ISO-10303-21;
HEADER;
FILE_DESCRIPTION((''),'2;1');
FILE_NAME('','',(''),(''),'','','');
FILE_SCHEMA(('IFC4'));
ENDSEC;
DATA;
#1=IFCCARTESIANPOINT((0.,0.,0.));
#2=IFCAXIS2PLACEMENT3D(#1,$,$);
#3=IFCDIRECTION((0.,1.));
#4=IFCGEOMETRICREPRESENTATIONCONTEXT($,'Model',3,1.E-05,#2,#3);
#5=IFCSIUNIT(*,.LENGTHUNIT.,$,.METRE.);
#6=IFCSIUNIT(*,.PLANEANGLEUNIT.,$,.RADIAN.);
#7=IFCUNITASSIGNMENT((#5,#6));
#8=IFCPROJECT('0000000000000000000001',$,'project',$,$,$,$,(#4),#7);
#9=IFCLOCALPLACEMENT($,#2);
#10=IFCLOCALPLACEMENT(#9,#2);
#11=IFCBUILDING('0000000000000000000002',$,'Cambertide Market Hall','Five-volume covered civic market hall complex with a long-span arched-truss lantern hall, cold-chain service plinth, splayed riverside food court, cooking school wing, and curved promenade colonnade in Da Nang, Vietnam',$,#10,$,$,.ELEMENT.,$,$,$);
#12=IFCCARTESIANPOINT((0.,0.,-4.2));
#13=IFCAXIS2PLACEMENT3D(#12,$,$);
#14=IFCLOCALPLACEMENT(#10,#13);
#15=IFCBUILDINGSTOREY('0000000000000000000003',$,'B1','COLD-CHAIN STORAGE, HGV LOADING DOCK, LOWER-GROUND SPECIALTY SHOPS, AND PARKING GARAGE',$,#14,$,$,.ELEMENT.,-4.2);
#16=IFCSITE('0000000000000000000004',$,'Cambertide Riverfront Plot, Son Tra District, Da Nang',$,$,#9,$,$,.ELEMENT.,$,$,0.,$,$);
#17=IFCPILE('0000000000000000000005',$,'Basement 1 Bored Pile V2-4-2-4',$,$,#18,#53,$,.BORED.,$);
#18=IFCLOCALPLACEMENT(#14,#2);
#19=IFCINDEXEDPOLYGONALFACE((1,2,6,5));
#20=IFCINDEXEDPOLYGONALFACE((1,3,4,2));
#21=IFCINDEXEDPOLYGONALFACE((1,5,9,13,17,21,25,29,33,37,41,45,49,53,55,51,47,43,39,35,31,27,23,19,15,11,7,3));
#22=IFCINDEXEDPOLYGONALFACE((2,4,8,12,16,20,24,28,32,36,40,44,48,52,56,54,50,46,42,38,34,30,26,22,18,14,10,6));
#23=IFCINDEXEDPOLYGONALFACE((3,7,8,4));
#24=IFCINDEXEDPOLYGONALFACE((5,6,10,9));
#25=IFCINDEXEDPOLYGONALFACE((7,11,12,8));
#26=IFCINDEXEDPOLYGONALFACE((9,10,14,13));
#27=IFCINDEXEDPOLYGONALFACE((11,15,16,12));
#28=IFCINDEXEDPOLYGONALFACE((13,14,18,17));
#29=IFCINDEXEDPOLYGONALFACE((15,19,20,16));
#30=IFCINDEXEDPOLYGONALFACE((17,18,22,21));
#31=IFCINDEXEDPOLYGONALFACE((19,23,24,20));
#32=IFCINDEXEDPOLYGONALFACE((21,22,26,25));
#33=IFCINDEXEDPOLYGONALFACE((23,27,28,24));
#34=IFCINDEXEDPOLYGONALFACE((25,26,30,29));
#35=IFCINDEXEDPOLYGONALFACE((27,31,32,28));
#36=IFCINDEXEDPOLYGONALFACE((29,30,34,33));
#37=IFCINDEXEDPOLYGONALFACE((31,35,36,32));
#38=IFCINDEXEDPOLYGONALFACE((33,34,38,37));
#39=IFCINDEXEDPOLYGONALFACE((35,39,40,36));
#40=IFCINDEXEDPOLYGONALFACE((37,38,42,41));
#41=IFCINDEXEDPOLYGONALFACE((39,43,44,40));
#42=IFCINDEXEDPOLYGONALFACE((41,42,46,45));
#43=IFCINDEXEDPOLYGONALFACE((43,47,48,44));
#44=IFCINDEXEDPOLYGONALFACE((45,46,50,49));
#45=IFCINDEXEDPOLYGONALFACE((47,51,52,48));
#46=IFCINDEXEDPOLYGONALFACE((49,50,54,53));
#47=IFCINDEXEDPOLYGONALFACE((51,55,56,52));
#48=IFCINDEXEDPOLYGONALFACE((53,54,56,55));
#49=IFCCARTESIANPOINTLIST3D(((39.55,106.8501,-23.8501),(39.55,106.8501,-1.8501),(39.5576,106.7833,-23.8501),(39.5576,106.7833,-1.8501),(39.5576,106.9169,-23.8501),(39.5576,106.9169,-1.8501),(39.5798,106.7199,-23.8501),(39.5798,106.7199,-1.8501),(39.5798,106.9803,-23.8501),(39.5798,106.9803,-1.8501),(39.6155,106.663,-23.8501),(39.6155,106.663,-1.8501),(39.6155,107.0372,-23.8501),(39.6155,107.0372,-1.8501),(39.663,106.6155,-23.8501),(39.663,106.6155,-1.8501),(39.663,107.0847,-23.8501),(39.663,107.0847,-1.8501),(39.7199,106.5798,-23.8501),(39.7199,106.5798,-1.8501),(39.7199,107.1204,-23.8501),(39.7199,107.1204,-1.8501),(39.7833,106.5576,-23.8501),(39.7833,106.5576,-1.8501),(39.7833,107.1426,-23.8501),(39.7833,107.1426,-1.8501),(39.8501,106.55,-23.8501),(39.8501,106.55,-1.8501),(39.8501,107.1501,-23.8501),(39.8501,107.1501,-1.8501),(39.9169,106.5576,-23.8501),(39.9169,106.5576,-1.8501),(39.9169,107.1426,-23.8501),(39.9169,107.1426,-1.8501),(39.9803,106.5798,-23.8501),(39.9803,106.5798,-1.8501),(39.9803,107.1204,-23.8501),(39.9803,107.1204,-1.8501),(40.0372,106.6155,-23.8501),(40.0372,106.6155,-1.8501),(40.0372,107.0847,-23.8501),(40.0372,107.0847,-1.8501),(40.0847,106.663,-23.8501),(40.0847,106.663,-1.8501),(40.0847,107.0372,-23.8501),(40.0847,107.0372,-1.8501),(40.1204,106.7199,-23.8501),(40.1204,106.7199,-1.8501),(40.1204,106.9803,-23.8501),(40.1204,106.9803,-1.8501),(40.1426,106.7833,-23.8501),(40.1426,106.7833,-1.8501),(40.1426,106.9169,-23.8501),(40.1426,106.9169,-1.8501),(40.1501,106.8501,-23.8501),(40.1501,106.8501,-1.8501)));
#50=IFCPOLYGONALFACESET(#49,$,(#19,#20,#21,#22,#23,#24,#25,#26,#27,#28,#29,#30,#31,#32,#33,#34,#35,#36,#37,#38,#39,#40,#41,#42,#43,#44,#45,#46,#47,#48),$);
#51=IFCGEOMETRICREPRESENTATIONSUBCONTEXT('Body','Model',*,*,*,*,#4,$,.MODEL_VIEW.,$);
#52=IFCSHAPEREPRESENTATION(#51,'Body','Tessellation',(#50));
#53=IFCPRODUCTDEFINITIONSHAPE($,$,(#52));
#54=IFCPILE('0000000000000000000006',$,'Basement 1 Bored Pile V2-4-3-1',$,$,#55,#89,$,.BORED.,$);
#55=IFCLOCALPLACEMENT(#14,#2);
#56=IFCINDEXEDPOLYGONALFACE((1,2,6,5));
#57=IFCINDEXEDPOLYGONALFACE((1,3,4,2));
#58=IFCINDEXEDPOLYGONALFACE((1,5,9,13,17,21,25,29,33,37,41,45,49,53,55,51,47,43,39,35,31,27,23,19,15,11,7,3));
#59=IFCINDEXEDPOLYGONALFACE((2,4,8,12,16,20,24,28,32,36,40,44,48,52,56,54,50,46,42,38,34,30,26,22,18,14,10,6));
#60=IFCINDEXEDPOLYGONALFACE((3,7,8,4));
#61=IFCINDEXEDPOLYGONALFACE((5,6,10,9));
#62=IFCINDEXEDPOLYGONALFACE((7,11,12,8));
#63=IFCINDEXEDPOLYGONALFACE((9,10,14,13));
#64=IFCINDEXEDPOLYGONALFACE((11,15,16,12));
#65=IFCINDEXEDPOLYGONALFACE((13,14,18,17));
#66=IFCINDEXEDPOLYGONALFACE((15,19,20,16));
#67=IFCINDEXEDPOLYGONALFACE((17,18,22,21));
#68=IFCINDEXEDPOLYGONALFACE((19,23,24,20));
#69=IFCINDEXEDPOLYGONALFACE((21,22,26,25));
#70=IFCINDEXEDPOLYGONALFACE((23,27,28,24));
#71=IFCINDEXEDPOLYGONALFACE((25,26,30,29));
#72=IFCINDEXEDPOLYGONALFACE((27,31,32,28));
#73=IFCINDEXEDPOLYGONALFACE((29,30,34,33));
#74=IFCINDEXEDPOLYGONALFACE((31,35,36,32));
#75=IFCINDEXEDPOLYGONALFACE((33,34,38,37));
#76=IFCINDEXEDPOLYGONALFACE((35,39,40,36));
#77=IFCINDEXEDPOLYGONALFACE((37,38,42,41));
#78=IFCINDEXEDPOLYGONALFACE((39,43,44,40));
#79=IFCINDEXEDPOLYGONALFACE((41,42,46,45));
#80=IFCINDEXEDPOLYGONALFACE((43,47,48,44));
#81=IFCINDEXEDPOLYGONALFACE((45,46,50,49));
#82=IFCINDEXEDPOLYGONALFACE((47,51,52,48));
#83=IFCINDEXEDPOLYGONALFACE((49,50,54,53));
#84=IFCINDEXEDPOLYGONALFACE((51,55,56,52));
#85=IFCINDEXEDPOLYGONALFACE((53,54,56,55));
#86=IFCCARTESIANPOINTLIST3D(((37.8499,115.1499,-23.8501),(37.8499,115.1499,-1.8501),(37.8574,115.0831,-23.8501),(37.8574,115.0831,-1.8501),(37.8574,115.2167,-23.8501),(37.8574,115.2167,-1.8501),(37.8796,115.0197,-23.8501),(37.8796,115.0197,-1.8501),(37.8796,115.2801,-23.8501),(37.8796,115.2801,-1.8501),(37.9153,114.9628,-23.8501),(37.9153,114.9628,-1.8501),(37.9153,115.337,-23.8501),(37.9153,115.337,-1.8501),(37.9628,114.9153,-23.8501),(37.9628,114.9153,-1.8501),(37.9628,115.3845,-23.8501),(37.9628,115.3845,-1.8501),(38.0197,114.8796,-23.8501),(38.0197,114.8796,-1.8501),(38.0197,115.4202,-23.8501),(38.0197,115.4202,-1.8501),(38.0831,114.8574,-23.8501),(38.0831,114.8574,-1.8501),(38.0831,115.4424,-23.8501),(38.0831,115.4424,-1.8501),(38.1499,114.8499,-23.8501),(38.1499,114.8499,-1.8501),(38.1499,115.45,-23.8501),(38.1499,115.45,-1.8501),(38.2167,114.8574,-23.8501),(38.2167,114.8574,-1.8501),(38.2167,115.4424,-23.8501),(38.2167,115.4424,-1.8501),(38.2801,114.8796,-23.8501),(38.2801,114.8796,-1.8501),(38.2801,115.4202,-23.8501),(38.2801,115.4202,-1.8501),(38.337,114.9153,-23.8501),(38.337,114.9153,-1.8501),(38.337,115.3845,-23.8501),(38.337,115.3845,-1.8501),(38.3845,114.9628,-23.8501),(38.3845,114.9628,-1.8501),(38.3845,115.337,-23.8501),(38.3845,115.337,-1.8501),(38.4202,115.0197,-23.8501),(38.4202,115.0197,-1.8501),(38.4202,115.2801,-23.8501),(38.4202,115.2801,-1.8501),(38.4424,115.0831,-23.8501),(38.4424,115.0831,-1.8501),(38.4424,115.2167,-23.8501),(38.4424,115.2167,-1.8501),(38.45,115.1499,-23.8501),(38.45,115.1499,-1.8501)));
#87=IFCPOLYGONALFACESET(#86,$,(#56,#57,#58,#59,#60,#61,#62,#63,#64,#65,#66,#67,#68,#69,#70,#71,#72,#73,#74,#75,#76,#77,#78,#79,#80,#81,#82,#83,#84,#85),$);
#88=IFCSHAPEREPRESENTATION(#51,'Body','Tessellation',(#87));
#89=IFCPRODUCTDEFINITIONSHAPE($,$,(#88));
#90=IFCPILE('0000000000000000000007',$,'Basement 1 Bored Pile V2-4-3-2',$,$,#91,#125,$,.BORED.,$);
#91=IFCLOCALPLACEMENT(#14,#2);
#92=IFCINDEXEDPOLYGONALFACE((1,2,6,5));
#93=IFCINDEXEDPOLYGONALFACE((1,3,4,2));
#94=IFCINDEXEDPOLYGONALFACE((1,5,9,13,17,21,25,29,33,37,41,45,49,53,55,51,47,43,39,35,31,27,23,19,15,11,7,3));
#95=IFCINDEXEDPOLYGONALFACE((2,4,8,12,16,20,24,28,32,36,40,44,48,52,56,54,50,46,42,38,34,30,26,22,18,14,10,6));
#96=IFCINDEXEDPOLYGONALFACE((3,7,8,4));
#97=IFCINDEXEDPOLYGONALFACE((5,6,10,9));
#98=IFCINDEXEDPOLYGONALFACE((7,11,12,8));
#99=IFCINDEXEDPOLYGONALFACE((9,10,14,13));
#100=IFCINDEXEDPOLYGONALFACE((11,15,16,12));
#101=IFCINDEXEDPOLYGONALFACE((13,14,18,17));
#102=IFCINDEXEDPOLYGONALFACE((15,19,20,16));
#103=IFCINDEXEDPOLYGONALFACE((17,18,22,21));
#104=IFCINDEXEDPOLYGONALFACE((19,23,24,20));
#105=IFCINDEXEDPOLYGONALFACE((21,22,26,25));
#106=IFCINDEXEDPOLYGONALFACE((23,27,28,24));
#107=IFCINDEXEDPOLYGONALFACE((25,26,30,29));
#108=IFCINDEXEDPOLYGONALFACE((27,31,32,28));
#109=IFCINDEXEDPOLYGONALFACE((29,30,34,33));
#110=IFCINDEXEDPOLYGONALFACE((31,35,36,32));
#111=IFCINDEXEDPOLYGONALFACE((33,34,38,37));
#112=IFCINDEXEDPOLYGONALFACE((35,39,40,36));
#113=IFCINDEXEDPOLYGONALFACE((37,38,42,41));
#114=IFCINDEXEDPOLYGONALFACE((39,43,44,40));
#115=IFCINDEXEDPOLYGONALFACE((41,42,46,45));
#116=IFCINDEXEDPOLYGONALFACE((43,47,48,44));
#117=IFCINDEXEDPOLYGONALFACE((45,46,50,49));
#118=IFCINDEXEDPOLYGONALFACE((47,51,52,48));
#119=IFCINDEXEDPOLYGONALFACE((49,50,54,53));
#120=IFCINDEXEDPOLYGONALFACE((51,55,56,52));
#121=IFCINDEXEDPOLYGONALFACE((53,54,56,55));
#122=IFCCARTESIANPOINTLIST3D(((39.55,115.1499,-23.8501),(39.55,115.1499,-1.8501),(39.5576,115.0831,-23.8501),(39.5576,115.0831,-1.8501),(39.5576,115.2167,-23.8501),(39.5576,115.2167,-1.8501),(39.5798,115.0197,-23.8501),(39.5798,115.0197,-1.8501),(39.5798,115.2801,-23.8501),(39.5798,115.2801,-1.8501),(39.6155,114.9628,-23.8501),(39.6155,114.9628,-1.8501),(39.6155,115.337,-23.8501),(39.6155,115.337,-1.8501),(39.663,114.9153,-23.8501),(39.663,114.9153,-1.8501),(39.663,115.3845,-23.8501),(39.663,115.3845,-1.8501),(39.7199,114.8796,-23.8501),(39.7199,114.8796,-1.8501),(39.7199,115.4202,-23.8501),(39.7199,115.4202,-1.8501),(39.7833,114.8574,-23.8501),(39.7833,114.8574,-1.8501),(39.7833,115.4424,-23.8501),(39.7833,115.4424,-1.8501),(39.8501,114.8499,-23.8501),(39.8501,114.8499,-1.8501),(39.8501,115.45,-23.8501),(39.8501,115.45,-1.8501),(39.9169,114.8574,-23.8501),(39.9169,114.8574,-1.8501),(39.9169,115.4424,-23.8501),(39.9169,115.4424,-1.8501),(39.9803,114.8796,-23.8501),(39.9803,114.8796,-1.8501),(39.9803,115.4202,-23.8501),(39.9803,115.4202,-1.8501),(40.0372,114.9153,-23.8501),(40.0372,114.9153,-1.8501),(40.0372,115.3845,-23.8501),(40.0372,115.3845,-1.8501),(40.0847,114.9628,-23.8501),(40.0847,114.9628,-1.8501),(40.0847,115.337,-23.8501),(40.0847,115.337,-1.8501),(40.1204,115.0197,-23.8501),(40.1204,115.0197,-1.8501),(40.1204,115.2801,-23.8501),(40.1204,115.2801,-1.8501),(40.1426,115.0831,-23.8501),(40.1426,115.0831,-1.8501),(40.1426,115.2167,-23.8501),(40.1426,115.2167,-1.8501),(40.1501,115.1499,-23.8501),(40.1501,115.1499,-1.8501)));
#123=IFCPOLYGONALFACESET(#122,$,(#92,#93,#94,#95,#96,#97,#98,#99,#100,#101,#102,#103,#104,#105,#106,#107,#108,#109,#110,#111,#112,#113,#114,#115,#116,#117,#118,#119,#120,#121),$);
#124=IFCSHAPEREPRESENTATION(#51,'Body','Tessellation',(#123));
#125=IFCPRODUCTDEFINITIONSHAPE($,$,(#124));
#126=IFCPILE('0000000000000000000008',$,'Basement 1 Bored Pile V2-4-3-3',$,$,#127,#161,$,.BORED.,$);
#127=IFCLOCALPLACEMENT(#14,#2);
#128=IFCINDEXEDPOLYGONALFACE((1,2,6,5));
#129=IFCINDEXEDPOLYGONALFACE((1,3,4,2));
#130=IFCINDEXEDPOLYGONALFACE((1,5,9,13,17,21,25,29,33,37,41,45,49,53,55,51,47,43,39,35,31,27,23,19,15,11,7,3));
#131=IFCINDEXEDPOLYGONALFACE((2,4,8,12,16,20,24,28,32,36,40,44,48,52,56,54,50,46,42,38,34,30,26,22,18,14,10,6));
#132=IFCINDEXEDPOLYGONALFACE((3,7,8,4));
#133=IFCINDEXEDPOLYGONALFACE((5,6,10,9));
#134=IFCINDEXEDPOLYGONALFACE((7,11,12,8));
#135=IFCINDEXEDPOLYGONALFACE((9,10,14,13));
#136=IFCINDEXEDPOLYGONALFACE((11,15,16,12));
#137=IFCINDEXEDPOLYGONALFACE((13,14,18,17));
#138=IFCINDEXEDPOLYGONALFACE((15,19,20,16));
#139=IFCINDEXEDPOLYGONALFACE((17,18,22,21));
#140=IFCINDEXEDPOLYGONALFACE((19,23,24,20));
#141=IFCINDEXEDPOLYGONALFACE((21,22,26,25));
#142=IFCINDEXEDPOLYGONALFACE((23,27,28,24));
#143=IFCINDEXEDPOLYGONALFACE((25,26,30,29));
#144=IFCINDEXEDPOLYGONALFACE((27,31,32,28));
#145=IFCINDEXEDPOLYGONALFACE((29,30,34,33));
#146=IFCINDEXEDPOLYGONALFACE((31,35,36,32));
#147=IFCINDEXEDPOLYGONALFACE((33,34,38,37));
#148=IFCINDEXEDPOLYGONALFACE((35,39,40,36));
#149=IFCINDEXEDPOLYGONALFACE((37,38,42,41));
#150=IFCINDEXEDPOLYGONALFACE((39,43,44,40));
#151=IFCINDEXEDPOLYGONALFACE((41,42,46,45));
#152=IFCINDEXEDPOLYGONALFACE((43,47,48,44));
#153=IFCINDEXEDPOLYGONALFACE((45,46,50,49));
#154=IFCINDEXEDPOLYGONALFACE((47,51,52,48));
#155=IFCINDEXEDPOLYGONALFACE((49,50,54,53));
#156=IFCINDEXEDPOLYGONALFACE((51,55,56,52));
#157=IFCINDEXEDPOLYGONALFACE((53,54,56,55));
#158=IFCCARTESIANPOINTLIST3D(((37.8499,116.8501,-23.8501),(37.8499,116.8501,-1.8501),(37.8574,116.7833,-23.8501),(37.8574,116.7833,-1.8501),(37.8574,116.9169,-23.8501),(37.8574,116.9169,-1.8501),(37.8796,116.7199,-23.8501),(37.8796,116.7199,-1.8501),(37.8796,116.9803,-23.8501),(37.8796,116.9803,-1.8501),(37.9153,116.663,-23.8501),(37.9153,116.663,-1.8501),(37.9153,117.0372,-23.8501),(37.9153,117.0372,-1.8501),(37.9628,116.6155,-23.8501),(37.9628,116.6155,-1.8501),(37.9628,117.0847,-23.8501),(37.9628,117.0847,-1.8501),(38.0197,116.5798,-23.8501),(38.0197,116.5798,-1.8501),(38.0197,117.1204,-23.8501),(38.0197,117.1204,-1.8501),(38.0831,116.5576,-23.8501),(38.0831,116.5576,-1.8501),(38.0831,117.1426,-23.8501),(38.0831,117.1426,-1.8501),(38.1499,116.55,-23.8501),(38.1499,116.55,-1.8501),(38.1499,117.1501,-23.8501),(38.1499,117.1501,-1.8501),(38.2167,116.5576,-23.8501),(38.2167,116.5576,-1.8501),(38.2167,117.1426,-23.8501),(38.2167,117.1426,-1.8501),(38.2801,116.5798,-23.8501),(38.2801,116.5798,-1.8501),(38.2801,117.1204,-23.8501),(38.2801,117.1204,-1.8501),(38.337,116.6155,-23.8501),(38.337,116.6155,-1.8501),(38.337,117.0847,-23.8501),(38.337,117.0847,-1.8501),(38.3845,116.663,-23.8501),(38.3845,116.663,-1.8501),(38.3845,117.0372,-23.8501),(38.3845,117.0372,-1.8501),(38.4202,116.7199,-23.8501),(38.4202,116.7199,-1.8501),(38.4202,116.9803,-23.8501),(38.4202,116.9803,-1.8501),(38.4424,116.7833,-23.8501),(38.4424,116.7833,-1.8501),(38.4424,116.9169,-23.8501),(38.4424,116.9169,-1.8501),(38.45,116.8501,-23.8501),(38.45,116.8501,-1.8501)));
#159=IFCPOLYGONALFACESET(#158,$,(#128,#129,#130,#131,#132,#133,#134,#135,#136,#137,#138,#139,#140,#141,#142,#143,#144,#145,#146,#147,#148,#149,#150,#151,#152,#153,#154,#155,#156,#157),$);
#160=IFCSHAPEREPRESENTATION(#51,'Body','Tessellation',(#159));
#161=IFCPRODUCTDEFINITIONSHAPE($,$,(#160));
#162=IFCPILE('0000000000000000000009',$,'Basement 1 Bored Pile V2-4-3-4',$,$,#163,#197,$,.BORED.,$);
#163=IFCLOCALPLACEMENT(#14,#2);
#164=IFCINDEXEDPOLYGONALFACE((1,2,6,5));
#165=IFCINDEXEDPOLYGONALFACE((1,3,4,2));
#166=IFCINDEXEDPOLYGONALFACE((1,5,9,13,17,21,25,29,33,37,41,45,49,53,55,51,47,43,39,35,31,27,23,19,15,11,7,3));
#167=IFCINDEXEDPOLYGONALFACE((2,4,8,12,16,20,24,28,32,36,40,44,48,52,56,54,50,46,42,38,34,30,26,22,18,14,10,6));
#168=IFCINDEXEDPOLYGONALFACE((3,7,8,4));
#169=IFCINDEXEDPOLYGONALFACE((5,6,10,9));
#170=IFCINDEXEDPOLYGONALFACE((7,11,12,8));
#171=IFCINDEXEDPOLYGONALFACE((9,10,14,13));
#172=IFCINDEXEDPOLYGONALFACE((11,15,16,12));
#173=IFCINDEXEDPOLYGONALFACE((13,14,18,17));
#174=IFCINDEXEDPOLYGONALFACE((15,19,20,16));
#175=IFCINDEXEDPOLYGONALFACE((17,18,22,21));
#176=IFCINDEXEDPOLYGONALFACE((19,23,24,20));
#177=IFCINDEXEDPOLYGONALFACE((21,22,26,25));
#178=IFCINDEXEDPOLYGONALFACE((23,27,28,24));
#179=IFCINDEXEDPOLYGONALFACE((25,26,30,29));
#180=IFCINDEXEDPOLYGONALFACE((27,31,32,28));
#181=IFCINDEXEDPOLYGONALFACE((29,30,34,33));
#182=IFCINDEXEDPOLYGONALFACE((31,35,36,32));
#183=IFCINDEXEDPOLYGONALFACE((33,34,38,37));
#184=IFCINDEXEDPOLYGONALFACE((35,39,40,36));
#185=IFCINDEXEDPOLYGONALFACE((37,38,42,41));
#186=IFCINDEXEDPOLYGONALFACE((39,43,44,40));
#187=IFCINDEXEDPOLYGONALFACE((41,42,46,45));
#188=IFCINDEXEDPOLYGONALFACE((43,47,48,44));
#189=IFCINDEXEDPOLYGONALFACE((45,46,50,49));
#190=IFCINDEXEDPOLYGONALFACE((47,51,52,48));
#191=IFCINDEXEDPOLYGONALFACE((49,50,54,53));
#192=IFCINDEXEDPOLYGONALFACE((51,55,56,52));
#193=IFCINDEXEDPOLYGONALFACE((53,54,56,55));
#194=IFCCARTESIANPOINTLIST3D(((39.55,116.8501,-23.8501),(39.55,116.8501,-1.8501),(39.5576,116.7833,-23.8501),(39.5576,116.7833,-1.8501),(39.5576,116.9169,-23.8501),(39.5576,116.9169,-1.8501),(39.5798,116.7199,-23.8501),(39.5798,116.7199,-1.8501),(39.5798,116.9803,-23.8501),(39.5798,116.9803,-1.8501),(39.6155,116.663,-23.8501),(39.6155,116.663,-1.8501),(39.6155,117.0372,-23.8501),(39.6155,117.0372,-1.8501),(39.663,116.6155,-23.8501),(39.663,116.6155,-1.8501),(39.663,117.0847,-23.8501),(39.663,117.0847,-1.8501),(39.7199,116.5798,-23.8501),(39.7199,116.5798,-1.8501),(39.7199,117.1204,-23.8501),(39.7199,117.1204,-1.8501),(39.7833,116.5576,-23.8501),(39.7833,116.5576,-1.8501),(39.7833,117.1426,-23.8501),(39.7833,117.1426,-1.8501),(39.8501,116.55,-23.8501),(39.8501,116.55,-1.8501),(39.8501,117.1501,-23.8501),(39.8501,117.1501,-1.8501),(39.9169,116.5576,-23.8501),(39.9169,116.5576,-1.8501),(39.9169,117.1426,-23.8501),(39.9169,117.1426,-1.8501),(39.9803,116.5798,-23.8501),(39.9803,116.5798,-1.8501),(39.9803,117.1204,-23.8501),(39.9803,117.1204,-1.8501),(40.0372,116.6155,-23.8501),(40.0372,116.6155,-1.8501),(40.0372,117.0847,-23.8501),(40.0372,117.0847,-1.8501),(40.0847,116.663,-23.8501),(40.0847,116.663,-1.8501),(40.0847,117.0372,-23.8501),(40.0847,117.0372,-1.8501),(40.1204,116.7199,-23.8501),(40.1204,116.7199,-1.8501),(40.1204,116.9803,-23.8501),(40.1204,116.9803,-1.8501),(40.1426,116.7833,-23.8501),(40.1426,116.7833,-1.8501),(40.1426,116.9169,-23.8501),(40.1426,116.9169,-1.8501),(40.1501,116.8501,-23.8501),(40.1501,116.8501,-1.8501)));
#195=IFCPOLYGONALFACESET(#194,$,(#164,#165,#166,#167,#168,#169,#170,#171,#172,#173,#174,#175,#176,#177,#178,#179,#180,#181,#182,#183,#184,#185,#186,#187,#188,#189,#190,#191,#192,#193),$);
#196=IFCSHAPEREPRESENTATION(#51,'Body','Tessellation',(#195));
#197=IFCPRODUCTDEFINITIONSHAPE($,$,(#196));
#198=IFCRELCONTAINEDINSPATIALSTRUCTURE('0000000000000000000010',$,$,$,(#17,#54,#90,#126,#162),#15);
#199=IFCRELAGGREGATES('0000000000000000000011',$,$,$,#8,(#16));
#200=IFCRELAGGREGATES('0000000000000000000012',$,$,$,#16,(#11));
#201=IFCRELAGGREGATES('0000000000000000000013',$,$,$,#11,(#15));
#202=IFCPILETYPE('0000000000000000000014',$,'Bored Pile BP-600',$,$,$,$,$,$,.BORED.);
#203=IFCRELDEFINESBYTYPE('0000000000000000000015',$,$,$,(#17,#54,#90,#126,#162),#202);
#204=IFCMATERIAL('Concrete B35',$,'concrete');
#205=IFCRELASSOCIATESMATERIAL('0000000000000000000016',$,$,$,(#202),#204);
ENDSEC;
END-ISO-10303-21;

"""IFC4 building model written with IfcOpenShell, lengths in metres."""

from ifc_helpers import new_model, si_unit, direction, frame, origin, origin_2d, place, context, subcontext, project, spatial, circle, extrude, material, material_profile, profile_set, type_object, element, save


model = new_model("IFC4")

# Units and contexts
model_context = context("Model", 3, precision=1e-05, world=origin(), true_north=direction((0.0, 1.0)))
body_context = subcontext(model_context, "Body", "Model", "MODEL_VIEW")
ifc_project = project(units=[si_unit("LENGTHUNIT", "METRE"), si_unit("PLANEANGLEUNIT", "RADIAN")], contexts=[model_context])

# Site, building, storey
site_placement = place(None, origin())
site = spatial("IfcSite", under=ifc_project, at=site_placement, Name="Cambertide Riverfront Plot, Son Tra District, Da Nang", CompositionType="ELEMENT", RefElevation=0.0)
building_placement = place(site_placement, origin())
building = spatial("IfcBuilding", under=site, at=building_placement, Name="Cambertide Market Hall", Description="Five-volume covered civic market hall complex with a long-span arched-truss lantern hall, cold-chain service plinth, splayed riverside food court, cooking school wing, and curved promenade colonnade in Da Nang, Vietnam", CompositionType="ELEMENT")
storey_placement = place(building_placement, frame((0.0, 0.0, -4.2)))
storey = spatial("IfcBuildingStorey", under=building, at=storey_placement, Name="B1", Description="COLD-CHAIN STORAGE, HGV LOADING DOCK, LOWER-GROUND SPECIALTY SHOPS, AND PARKING GARAGE", CompositionType="ELEMENT", Elevation=-4.2)

# Piles
ifc_material_1 = material(Name="Concrete B35", Category="concrete")
ifc_material_profile_1 = material_profile(ifc_material_1, circle(Radius=0.3, at=origin_2d()), Name="BP D600")
ifc_profile_set_1 = profile_set([ifc_material_profile_1], Name="Concrete B35")
pile_type = type_object("IfcPileType", Name="Bored Pile BP-600", PredefinedType="BORED", material=ifc_profile_set_1)
for number, where, z_axis, x_axis, name in (
    (1, (39.8501, 106.8501, -1.8501), (0.0, 0.0, -1.0), (1.0, 0.0, 0.0), "Basement 1 Bored Pile V2-4-2-4"),
    (2, (38.1499, 115.1499, -1.8501), (0.0, 0.0, -1.0), (1.0, 0.0, 0.0), "Basement 1 Bored Pile V2-4-3-1"),
    (3, (39.8501, 115.1499, -1.8501), (0.0, 0.0, -1.0), (1.0, 0.0, 0.0), "Basement 1 Bored Pile V2-4-3-2"),
    (4, (38.1499, 116.8501, -1.8501), (0.0, 0.0, -1.0), (1.0, 0.0, 0.0), "Basement 1 Bored Pile V2-4-3-3"),
    (5, (39.8501, 116.8501, -1.8501), (0.0, 0.0, -1.0), (1.0, 0.0, 0.0), "Basement 1 Bored Pile V2-4-3-4"),
):
    element("IfcPile", number, at=place(storey_placement, frame(where, z_axis=z_axis, x_axis=x_axis)), inside=storey, type_object=pile_type, Name=name, PredefinedType="BORED", context=body_context, shape_type="SweptSolid", body=[
        extrude(circle(Radius=0.3, at=origin_2d()), origin(), (0.0, 0.0, 1.0), 22.0),
    ])

save(model, "model.ifc")
